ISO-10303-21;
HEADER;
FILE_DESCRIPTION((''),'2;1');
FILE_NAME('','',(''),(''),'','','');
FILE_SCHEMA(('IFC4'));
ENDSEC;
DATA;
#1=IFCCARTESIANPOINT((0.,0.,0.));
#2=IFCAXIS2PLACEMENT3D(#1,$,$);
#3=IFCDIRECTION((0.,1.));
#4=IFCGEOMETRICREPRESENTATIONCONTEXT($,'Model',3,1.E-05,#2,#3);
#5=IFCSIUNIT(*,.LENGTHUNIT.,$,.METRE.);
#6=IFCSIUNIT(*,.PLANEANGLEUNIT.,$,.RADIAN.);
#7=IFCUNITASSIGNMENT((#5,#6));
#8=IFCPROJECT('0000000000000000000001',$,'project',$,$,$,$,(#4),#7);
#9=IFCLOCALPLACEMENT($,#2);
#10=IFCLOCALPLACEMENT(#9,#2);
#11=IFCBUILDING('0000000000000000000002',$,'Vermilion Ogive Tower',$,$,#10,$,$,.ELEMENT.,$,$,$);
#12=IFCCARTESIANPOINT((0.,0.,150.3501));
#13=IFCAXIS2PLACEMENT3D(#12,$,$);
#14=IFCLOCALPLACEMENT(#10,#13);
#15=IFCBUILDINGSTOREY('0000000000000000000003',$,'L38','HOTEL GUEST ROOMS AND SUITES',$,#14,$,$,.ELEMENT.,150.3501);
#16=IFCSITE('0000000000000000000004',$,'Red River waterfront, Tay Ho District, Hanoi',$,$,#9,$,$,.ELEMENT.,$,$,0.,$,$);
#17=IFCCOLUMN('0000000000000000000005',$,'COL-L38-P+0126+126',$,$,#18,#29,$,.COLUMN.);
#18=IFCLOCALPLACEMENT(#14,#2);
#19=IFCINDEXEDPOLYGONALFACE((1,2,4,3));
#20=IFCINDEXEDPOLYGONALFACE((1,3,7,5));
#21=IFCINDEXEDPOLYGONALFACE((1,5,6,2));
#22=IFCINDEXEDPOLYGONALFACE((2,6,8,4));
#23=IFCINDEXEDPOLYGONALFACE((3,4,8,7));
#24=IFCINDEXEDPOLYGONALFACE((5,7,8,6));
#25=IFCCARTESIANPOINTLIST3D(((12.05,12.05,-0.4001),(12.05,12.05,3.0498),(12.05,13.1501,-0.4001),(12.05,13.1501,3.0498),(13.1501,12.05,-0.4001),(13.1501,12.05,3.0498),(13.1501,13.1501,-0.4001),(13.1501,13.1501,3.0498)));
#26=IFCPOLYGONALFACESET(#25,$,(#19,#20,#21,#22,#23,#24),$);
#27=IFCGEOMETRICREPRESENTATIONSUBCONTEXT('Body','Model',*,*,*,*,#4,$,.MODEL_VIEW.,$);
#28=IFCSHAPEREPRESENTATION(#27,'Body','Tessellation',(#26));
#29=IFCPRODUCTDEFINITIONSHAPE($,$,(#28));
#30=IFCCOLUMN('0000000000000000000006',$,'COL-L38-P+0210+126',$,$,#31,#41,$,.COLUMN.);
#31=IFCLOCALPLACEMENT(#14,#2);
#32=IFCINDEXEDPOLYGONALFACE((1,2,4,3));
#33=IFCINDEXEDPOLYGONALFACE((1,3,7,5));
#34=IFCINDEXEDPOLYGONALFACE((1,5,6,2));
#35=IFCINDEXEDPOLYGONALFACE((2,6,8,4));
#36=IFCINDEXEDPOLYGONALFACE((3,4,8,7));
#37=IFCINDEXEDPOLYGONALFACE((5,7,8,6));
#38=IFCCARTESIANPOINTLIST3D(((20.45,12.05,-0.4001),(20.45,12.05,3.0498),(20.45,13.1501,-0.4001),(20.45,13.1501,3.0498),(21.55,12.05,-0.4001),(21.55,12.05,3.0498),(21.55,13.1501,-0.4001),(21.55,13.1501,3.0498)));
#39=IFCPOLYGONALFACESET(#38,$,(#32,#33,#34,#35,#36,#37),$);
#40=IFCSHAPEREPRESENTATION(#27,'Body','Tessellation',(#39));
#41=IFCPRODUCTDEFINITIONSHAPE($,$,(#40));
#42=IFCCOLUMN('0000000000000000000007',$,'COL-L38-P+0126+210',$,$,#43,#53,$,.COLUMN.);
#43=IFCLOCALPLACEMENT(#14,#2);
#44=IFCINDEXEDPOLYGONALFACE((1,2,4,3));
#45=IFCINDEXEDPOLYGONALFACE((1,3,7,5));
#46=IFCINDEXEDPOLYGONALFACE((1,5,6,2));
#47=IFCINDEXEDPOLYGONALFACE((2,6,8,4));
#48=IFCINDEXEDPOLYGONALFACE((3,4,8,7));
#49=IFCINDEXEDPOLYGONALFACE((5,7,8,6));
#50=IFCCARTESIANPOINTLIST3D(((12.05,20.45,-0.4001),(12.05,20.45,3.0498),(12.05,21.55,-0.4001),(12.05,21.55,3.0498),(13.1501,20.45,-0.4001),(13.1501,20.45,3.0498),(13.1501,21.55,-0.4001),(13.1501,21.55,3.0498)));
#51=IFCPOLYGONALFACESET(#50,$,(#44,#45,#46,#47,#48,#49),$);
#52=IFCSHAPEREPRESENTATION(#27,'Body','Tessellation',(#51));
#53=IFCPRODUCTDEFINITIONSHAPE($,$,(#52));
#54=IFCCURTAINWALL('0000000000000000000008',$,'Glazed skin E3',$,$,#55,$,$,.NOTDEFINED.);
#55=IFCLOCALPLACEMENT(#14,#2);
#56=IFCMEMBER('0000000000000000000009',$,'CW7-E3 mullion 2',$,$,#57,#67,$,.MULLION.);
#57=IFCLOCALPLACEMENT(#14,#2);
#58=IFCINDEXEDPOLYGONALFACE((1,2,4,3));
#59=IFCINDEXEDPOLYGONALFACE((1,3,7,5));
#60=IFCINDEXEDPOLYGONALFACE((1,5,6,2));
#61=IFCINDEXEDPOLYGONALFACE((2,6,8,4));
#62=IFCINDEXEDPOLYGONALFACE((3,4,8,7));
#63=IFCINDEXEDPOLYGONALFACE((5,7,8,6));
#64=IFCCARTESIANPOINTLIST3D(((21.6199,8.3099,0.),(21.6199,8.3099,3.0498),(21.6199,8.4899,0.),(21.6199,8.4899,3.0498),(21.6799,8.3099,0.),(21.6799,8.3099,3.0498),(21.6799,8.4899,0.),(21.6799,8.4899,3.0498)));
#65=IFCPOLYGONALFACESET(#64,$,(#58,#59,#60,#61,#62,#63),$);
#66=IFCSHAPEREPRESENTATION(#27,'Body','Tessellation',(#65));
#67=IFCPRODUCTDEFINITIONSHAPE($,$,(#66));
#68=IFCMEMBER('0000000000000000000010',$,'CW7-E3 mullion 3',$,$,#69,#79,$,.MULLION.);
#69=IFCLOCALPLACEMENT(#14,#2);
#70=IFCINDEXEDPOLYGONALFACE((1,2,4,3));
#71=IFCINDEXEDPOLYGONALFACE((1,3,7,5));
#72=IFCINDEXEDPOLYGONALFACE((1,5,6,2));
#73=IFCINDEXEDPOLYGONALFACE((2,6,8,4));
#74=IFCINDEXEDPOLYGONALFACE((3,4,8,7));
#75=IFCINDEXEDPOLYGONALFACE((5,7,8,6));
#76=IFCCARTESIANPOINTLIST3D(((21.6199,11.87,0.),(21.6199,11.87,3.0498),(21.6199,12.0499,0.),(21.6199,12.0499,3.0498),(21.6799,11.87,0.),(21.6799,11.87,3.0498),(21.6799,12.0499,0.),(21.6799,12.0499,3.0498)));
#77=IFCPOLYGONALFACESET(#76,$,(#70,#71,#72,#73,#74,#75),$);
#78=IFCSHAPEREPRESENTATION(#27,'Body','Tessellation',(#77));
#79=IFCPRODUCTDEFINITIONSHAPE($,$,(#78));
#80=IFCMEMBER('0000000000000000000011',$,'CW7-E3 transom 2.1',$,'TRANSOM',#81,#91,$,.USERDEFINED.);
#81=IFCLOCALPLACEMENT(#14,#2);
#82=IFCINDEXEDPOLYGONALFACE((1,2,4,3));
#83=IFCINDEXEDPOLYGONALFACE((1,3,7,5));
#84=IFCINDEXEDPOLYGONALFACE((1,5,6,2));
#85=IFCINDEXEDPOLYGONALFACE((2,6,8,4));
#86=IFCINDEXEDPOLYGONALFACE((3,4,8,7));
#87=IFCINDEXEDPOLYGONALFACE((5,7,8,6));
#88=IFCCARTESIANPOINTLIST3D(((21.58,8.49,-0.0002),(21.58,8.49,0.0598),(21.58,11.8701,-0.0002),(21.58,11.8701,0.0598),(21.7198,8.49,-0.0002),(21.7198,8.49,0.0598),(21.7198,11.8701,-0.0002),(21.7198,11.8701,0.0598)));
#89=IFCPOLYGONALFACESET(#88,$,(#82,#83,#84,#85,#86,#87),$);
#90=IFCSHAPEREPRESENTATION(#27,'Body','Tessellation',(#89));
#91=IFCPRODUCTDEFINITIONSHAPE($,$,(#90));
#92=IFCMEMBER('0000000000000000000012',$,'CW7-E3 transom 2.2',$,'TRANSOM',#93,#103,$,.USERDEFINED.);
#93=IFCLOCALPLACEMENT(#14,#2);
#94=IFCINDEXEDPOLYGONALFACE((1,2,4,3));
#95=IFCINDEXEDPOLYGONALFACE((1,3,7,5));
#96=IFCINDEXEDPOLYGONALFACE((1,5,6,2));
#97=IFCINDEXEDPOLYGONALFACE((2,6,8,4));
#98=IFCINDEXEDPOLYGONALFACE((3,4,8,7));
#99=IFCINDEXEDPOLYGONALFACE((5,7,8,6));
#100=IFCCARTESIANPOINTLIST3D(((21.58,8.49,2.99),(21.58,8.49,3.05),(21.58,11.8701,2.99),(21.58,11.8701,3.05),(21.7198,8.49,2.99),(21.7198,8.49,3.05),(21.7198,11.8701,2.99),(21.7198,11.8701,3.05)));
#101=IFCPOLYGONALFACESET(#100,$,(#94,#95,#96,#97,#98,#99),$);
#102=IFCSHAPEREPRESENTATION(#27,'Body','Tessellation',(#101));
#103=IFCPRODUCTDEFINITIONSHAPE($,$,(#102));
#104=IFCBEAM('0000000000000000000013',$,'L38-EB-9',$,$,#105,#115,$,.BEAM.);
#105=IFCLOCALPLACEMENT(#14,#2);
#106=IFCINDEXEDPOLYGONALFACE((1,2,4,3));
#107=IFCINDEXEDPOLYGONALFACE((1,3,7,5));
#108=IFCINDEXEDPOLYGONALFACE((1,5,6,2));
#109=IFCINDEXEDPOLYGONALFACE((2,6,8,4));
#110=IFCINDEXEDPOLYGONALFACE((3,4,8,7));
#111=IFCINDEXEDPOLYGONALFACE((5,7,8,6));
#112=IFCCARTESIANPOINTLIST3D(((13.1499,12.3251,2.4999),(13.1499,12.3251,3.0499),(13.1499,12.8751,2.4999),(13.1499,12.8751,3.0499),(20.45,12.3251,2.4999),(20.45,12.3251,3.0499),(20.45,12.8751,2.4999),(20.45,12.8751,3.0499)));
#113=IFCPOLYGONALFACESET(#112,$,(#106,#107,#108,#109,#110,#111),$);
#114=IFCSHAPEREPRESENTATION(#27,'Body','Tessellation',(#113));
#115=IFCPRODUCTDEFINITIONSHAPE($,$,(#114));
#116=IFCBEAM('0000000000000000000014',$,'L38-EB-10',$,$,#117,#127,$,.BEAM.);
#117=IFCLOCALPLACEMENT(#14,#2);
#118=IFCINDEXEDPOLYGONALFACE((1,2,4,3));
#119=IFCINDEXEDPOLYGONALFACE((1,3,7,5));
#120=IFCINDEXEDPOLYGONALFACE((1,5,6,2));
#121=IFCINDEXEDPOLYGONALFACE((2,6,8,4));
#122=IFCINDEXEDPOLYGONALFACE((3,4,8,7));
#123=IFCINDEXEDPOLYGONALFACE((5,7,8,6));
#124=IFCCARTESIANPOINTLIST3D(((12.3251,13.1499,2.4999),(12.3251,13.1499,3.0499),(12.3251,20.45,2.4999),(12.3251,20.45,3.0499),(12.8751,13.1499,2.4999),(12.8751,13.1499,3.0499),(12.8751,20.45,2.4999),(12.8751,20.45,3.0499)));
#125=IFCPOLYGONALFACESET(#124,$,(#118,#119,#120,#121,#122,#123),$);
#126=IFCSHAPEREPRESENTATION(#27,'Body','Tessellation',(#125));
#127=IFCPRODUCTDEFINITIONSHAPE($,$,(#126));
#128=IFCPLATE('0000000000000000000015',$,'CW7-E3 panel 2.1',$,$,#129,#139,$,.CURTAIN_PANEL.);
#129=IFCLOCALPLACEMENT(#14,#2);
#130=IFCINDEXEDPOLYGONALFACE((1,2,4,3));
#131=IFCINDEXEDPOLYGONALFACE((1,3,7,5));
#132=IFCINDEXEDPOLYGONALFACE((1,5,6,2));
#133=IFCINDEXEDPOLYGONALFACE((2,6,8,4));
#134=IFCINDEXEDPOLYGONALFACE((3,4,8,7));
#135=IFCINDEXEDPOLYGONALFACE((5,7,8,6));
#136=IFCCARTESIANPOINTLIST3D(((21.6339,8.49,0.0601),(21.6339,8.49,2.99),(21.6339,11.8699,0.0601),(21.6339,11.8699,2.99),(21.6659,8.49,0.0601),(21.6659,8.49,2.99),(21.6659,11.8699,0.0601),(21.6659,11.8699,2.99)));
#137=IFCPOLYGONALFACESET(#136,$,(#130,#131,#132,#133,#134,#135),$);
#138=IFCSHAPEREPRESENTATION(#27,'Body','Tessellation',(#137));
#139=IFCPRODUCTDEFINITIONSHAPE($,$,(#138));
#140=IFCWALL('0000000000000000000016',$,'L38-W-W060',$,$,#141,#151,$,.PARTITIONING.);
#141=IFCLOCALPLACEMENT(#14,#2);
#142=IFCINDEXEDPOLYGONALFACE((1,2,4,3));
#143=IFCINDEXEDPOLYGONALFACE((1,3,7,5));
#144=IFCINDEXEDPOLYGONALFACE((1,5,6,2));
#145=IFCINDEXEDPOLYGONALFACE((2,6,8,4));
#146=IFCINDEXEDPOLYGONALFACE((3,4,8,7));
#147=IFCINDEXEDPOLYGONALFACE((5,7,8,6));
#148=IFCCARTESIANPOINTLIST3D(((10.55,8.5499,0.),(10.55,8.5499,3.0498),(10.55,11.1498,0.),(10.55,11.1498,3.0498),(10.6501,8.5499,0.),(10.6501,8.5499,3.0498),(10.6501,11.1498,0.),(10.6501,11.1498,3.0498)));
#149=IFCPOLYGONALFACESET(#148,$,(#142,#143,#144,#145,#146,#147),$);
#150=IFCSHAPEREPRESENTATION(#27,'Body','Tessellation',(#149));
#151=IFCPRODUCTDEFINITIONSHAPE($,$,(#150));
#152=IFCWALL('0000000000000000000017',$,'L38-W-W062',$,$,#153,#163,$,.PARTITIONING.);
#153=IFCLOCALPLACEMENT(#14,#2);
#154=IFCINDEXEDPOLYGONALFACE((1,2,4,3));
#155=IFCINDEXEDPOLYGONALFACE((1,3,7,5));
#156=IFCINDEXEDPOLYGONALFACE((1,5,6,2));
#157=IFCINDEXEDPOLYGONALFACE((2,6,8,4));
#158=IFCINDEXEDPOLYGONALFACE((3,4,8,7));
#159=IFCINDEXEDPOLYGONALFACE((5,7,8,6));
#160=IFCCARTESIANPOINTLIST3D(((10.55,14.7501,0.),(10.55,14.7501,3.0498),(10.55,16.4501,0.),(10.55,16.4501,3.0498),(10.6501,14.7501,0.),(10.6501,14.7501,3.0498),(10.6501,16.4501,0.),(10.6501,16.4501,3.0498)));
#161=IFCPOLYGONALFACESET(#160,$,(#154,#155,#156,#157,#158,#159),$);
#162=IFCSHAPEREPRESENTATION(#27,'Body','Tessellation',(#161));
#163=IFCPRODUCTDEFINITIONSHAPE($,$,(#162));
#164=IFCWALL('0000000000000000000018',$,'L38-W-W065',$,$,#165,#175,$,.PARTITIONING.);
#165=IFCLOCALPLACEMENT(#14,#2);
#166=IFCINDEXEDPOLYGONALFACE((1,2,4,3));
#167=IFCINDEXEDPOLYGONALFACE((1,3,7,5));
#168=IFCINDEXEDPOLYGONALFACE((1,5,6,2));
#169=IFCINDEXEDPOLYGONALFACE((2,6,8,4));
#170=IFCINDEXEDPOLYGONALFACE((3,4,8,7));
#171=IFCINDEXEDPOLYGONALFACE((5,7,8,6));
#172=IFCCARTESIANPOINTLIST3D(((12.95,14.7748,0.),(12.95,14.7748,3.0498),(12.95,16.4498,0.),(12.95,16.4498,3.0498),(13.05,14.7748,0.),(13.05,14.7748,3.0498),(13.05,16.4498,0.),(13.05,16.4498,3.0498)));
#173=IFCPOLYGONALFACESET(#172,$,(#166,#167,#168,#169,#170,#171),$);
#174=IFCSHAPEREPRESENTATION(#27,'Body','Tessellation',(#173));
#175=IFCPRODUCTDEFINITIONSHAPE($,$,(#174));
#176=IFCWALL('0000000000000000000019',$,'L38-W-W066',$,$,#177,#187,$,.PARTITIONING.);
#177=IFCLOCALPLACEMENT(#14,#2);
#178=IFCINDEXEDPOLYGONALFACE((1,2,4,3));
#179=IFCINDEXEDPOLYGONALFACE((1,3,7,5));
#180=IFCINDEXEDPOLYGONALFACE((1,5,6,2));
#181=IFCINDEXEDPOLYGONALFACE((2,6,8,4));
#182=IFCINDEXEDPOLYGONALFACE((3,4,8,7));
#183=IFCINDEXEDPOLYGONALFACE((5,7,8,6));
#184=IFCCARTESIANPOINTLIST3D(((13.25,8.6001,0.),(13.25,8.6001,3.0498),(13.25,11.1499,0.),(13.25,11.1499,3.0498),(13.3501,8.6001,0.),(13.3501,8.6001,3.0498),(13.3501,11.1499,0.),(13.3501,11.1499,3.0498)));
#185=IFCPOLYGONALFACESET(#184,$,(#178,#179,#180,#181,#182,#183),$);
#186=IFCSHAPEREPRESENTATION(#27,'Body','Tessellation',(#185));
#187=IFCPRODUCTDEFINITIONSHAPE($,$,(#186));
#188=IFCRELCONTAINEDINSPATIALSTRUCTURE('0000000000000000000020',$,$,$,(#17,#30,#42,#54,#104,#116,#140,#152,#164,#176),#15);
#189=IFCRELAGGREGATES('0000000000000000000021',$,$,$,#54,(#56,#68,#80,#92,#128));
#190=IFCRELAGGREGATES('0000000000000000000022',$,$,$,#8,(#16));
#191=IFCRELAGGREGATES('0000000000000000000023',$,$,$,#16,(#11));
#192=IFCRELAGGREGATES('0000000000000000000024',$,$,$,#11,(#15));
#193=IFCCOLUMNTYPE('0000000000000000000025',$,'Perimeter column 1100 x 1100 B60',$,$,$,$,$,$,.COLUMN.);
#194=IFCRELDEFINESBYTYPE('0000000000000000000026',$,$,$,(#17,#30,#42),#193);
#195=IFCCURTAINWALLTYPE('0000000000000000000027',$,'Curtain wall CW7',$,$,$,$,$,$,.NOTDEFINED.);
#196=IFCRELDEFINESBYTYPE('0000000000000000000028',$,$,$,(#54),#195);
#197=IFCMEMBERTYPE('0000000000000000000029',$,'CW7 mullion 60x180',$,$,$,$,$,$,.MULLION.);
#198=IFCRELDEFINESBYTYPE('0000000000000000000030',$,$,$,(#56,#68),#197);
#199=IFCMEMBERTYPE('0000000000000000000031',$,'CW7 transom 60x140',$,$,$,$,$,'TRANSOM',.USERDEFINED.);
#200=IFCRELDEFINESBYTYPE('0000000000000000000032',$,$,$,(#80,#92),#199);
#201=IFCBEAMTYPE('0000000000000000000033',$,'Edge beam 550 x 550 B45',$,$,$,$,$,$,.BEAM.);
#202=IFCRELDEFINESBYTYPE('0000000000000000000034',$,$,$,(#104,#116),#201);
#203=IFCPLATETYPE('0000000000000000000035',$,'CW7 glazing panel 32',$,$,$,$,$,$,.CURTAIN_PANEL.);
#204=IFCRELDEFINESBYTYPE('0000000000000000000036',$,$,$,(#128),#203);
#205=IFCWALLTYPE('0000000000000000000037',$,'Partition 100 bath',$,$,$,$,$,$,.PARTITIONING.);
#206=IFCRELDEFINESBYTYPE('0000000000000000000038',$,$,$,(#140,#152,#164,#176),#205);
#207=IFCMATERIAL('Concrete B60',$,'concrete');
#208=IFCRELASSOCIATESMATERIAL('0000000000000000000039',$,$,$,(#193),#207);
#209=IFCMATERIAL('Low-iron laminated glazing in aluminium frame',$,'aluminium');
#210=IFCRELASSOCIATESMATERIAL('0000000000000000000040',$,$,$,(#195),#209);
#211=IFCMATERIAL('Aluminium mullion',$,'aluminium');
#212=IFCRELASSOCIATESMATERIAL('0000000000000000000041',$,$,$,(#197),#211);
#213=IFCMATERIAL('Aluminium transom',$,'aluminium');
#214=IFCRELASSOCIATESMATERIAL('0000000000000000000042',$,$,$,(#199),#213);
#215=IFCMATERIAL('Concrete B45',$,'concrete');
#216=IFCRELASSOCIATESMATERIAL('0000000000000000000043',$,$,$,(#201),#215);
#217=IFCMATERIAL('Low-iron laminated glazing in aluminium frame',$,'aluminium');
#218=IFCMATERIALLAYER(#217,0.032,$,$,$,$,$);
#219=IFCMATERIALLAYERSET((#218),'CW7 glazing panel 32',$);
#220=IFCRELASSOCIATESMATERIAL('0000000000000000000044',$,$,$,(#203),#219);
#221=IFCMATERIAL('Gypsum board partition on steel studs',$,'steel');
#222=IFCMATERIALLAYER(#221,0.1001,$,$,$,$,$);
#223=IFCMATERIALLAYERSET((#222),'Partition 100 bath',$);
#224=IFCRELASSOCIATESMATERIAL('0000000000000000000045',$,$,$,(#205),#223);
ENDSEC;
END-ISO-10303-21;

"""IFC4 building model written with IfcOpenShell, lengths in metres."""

from ifc_helpers import new_model, si_unit, direction, frame, frame_2d, origin, origin_2d, place, context, subcontext, project, spatial, rectangle, extrude, material, layer, layer_set, material_profile, profile_set, type_object, element, aggregate, save


model = new_model("IFC4")

# Units and contexts
model_context = context("Model", 3, precision=1e-05, world=origin(), true_north=direction((0.0, 1.0)))
body_context = subcontext(model_context, "Body", "Model", "MODEL_VIEW")
ifc_project = project(units=[si_unit("LENGTHUNIT", "METRE"), si_unit("PLANEANGLEUNIT", "RADIAN")], contexts=[model_context])

# Site, building, storey
site_placement = place(None, origin())
site = spatial("IfcSite", under=ifc_project, at=site_placement, Name="Red River waterfront, Tay Ho District, Hanoi", CompositionType="ELEMENT", RefElevation=0.0)
building_placement = place(site_placement, origin())
building = spatial("IfcBuilding", under=site, at=building_placement, Name="Vermilion Ogive Tower", CompositionType="ELEMENT")
storey_placement = place(building_placement, frame((0.0, 0.0, 150.3501)))
storey = spatial("IfcBuildingStorey", under=building, at=storey_placement, Name="L38", Description="HOTEL GUEST ROOMS AND SUITES", CompositionType="ELEMENT", Elevation=150.3501)

# Columns
ifc_material_1 = material(Name="Concrete B60", Category="concrete")
ifc_material_profile_1 = material_profile(ifc_material_1, rectangle(XDim=1.1001, YDim=1.1001, at=origin_2d()), Name="1100 x 1100")
ifc_profile_set_1 = profile_set([ifc_material_profile_1], Name="Concrete B60")
column_type = type_object("IfcColumnType", Name="Perimeter column 1100 x 1100 B60", PredefinedType="COLUMN", material=ifc_profile_set_1)
for number, where, z_axis, x_axis, name in (
    (1, (12.6001, 12.6001, -0.4001), (0.0, 0.0, 1.0), (1.0, 0.0, 0.0), "COL-L38-P+0126+126"),
    (2, (21.0, 12.6001, -0.4001), (0.0, 0.0, 1.0), (1.0, 0.0, 0.0), "COL-L38-P+0210+126"),
    (3, (12.6001, 21.0, -0.4001), (0.0, 0.0, 1.0), (1.0, 0.0, 0.0), "COL-L38-P+0126+210"),
):
    element("IfcColumn", number, at=place(storey_placement, frame(where, z_axis=z_axis, x_axis=x_axis)), inside=storey, type_object=column_type, Name=name, PredefinedType="COLUMN", context=body_context, shape_type="SweptSolid", body=[
        extrude(rectangle(XDim=1.1001, YDim=1.1001, at=origin_2d()), origin(), (0.0, 0.0, 1.0), 3.45),
    ])

# Curtain wall, members
ifc_material_2 = material(Name="Low-iron laminated glazing in aluminium frame", Category="aluminium")
curtain_wall_type = type_object("IfcCurtainWallType", Name="Curtain wall CW7", PredefinedType="NOTDEFINED", material=ifc_material_2)
curtain_wall_placement = place(storey_placement, origin())
curtain_wall = element("IfcCurtainWall", 4, at=curtain_wall_placement, inside=storey, type_object=curtain_wall_type, Name="Glazed skin E3", PredefinedType="NOTDEFINED")
ifc_material_3 = material(Name="Aluminium mullion", Category="aluminium")
ifc_material_profile_2 = material_profile(ifc_material_3, rectangle(XDim=0.0601, YDim=0.1799, at=origin_2d()), Name="AL 60x180")
ifc_profile_set_2 = profile_set([ifc_material_profile_2], Name="Aluminium mullion")
member_type_1 = type_object("IfcMemberType", Name="CW7 mullion 60x180", PredefinedType="MULLION", material=ifc_profile_set_2)
member_1_placement = place(storey_placement, frame((21.6499, 8.3999, 0.0), z_axis=(0.0, 0.0, 1.0), x_axis=(-1.0, 0.0, 0.0)))
member_1 = element("IfcMember", 5, at=member_1_placement, type_object=member_type_1, Name="CW7-E3 mullion 2", PredefinedType="MULLION", context=body_context, shape_type="SweptSolid", body=[
    extrude(rectangle(XDim=0.0601, YDim=0.1799, at=origin_2d()), origin(), (0.0, 0.0, 1.0), 3.0498),
])
member_2_placement = place(storey_placement, frame((21.6499, 11.96, 0.0), z_axis=(0.0, 0.0, 1.0), x_axis=(-1.0, 0.0, 0.0)))
member_2 = element("IfcMember", 6, at=member_2_placement, type_object=member_type_1, Name="CW7-E3 mullion 3", PredefinedType="MULLION", context=body_context, shape_type="SweptSolid", body=[
    extrude(rectangle(XDim=0.0601, YDim=0.1799, at=origin_2d()), origin(), (0.0, 0.0, 1.0), 3.0498),
])
ifc_material_4 = material(Name="Aluminium transom", Category="aluminium")
ifc_material_profile_3 = material_profile(ifc_material_4, rectangle(XDim=0.1399, YDim=0.0601, at=origin_2d()), Name="AL 60x140")
ifc_profile_set_3 = profile_set([ifc_material_profile_3], Name="Aluminium transom")
member_type_2 = type_object("IfcMemberType", Name="CW7 transom 60x140", ElementType="TRANSOM", PredefinedType="USERDEFINED", material=ifc_profile_set_3)
member_3_placement = place(storey_placement, frame((21.6499, 8.49, 0.0298), z_axis=(0.0, 1.0, 0.0), x_axis=(-1.0, 0.0, 0.0)))
member_3 = element("IfcMember", 7, at=member_3_placement, type_object=member_type_2, Name="CW7-E3 transom 2.1", ObjectType="TRANSOM", PredefinedType="USERDEFINED", context=body_context, shape_type="SweptSolid", body=[
    extrude(rectangle(XDim=0.1399, YDim=0.0601, at=origin_2d()), origin(), (0.0, 0.0, 1.0), 3.3801),
])
member_4_placement = place(storey_placement, frame((21.6499, 8.49, 3.02), z_axis=(0.0, 1.0, 0.0), x_axis=(-1.0, 0.0, 0.0)))
member_4 = element("IfcMember", 8, at=member_4_placement, type_object=member_type_2, Name="CW7-E3 transom 2.2", ObjectType="TRANSOM", PredefinedType="USERDEFINED", context=body_context, shape_type="SweptSolid", body=[
    extrude(rectangle(XDim=0.1399, YDim=0.0601, at=origin_2d()), origin(), (0.0, 0.0, 1.0), 3.3801),
])

# Beams
ifc_material_5 = material(Name="Concrete B45", Category="concrete")
ifc_material_profile_4 = material_profile(ifc_material_5, rectangle(XDim=0.55, YDim=0.55, at=origin_2d()), Name="550 x 550")
ifc_profile_set_4 = profile_set([ifc_material_profile_4], Name="Concrete B45")
beam_type = type_object("IfcBeamType", Name="Edge beam 550 x 550 B45", PredefinedType="BEAM", material=ifc_profile_set_4)
for number, where, z_axis, x_axis, name in (
    (9, (20.45, 12.6001, 2.7749), (-1.0, 0.0, 0.0), (0.0, -1.0, 0.0), "L38-EB-9"),
    (10, (12.6001, 13.1499, 2.7749), (0.0, 1.0, 0.0), (-1.0, 0.0, 0.0), "L38-EB-10"),
):
    element("IfcBeam", number, at=place(storey_placement, frame(where, z_axis=z_axis, x_axis=x_axis)), inside=storey, type_object=beam_type, Name=name, PredefinedType="BEAM", context=body_context, shape_type="SweptSolid", body=[
        extrude(rectangle(XDim=0.55, YDim=0.55, at=origin_2d()), origin(), (0.0, 0.0, 1.0), 7.3),
    ])

# Plate
ifc_material_6 = material(Name="Low-iron laminated glazing in aluminium frame", Category="aluminium")
ifc_layer_1 = layer(ifc_material_6, 0.032)
ifc_layer_set_1 = layer_set([ifc_layer_1], Name="CW7 glazing panel 32")
plate_type = type_object("IfcPlateType", Name="CW7 glazing panel 32", PredefinedType="CURTAIN_PANEL", material=ifc_layer_set_1)
plate_placement = place(storey_placement, frame((21.6499, 10.1799, 0.0601), z_axis=(0.0, 0.0, 1.0), x_axis=(0.0, 1.0, 0.0)))
plate = element("IfcPlate", 11, at=plate_placement, type_object=plate_type, Name="CW7-E3 panel 2.1", PredefinedType="CURTAIN_PANEL", context=body_context, shape_type="SweptSolid", body=[
    extrude(rectangle(XDim=3.3799, YDim=0.032, at=origin_2d()), origin(), (0.0, 0.0, 1.0), 2.9299),
])
aggregate(curtain_wall, [member_1, member_2, member_3, member_4, plate])

# Walls
ifc_material_7 = material(Name="Gypsum board partition on steel studs", Category="steel")
ifc_layer_2 = layer(ifc_material_7, 0.1001)
ifc_layer_set_2 = layer_set([ifc_layer_2], Name="Partition 100 bath")
wall_type_1 = type_object("IfcWallType", Name="Partition 100 bath", PredefinedType="PARTITIONING", material=ifc_layer_set_2)
wall_1_placement = place(storey_placement, frame((10.6001, 8.55, 0.0), z_axis=(0.0, 0.0, 1.0), x_axis=(0.0, 1.0, 0.0)))
element("IfcWall", 12, at=wall_1_placement, inside=storey, type_object=wall_type_1, Name="L38-W-W060", PredefinedType="PARTITIONING", context=body_context, shape_type="SweptSolid", body=[
    extrude(rectangle(XDim=2.5999, YDim=0.1001, at=frame_2d((1.2998, 0.0))), origin(), (0.0, 0.0, 1.0), 3.0498),
])
wall_2_placement = place(storey_placement, frame((10.6001, 14.75, 0.0), z_axis=(0.0, 0.0, 1.0), x_axis=(0.0, 1.0, 0.0)))
element("IfcWall", 13, at=wall_2_placement, inside=storey, type_object=wall_type_1, Name="L38-W-W062", PredefinedType="PARTITIONING", context=body_context, shape_type="SweptSolid", body=[
    extrude(rectangle(XDim=1.7, YDim=0.1001, at=frame_2d((0.8501, 0.0))), origin(), (0.0, 0.0, 1.0), 3.0498),
])
wall_3_placement = place(storey_placement, frame((13.0, 14.7749, 0.0), z_axis=(0.0, 0.0, 1.0), x_axis=(0.0, 1.0, 0.0)))
element("IfcWall", 14, at=wall_3_placement, inside=storey, type_object=wall_type_1, Name="L38-W-W065", PredefinedType="PARTITIONING", context=body_context, shape_type="SweptSolid", body=[
    extrude(rectangle(XDim=1.675, YDim=0.1001, at=frame_2d((0.8374, 0.0))), origin(), (0.0, 0.0, 1.0), 3.0498),
])
wall_4_placement = place(storey_placement, frame((13.3, 8.6001, 0.0), z_axis=(0.0, 0.0, 1.0), x_axis=(0.0, 1.0, 0.0)))
element("IfcWall", 15, at=wall_4_placement, inside=storey, type_object=wall_type_1, Name="L38-W-W066", PredefinedType="PARTITIONING", context=body_context, shape_type="SweptSolid", body=[
    extrude(rectangle(XDim=2.5498, YDim=0.1001, at=frame_2d((1.2749, 0.0))), origin(), (0.0, 0.0, 1.0), 3.0498),
])

save(model, "model.ifc")
